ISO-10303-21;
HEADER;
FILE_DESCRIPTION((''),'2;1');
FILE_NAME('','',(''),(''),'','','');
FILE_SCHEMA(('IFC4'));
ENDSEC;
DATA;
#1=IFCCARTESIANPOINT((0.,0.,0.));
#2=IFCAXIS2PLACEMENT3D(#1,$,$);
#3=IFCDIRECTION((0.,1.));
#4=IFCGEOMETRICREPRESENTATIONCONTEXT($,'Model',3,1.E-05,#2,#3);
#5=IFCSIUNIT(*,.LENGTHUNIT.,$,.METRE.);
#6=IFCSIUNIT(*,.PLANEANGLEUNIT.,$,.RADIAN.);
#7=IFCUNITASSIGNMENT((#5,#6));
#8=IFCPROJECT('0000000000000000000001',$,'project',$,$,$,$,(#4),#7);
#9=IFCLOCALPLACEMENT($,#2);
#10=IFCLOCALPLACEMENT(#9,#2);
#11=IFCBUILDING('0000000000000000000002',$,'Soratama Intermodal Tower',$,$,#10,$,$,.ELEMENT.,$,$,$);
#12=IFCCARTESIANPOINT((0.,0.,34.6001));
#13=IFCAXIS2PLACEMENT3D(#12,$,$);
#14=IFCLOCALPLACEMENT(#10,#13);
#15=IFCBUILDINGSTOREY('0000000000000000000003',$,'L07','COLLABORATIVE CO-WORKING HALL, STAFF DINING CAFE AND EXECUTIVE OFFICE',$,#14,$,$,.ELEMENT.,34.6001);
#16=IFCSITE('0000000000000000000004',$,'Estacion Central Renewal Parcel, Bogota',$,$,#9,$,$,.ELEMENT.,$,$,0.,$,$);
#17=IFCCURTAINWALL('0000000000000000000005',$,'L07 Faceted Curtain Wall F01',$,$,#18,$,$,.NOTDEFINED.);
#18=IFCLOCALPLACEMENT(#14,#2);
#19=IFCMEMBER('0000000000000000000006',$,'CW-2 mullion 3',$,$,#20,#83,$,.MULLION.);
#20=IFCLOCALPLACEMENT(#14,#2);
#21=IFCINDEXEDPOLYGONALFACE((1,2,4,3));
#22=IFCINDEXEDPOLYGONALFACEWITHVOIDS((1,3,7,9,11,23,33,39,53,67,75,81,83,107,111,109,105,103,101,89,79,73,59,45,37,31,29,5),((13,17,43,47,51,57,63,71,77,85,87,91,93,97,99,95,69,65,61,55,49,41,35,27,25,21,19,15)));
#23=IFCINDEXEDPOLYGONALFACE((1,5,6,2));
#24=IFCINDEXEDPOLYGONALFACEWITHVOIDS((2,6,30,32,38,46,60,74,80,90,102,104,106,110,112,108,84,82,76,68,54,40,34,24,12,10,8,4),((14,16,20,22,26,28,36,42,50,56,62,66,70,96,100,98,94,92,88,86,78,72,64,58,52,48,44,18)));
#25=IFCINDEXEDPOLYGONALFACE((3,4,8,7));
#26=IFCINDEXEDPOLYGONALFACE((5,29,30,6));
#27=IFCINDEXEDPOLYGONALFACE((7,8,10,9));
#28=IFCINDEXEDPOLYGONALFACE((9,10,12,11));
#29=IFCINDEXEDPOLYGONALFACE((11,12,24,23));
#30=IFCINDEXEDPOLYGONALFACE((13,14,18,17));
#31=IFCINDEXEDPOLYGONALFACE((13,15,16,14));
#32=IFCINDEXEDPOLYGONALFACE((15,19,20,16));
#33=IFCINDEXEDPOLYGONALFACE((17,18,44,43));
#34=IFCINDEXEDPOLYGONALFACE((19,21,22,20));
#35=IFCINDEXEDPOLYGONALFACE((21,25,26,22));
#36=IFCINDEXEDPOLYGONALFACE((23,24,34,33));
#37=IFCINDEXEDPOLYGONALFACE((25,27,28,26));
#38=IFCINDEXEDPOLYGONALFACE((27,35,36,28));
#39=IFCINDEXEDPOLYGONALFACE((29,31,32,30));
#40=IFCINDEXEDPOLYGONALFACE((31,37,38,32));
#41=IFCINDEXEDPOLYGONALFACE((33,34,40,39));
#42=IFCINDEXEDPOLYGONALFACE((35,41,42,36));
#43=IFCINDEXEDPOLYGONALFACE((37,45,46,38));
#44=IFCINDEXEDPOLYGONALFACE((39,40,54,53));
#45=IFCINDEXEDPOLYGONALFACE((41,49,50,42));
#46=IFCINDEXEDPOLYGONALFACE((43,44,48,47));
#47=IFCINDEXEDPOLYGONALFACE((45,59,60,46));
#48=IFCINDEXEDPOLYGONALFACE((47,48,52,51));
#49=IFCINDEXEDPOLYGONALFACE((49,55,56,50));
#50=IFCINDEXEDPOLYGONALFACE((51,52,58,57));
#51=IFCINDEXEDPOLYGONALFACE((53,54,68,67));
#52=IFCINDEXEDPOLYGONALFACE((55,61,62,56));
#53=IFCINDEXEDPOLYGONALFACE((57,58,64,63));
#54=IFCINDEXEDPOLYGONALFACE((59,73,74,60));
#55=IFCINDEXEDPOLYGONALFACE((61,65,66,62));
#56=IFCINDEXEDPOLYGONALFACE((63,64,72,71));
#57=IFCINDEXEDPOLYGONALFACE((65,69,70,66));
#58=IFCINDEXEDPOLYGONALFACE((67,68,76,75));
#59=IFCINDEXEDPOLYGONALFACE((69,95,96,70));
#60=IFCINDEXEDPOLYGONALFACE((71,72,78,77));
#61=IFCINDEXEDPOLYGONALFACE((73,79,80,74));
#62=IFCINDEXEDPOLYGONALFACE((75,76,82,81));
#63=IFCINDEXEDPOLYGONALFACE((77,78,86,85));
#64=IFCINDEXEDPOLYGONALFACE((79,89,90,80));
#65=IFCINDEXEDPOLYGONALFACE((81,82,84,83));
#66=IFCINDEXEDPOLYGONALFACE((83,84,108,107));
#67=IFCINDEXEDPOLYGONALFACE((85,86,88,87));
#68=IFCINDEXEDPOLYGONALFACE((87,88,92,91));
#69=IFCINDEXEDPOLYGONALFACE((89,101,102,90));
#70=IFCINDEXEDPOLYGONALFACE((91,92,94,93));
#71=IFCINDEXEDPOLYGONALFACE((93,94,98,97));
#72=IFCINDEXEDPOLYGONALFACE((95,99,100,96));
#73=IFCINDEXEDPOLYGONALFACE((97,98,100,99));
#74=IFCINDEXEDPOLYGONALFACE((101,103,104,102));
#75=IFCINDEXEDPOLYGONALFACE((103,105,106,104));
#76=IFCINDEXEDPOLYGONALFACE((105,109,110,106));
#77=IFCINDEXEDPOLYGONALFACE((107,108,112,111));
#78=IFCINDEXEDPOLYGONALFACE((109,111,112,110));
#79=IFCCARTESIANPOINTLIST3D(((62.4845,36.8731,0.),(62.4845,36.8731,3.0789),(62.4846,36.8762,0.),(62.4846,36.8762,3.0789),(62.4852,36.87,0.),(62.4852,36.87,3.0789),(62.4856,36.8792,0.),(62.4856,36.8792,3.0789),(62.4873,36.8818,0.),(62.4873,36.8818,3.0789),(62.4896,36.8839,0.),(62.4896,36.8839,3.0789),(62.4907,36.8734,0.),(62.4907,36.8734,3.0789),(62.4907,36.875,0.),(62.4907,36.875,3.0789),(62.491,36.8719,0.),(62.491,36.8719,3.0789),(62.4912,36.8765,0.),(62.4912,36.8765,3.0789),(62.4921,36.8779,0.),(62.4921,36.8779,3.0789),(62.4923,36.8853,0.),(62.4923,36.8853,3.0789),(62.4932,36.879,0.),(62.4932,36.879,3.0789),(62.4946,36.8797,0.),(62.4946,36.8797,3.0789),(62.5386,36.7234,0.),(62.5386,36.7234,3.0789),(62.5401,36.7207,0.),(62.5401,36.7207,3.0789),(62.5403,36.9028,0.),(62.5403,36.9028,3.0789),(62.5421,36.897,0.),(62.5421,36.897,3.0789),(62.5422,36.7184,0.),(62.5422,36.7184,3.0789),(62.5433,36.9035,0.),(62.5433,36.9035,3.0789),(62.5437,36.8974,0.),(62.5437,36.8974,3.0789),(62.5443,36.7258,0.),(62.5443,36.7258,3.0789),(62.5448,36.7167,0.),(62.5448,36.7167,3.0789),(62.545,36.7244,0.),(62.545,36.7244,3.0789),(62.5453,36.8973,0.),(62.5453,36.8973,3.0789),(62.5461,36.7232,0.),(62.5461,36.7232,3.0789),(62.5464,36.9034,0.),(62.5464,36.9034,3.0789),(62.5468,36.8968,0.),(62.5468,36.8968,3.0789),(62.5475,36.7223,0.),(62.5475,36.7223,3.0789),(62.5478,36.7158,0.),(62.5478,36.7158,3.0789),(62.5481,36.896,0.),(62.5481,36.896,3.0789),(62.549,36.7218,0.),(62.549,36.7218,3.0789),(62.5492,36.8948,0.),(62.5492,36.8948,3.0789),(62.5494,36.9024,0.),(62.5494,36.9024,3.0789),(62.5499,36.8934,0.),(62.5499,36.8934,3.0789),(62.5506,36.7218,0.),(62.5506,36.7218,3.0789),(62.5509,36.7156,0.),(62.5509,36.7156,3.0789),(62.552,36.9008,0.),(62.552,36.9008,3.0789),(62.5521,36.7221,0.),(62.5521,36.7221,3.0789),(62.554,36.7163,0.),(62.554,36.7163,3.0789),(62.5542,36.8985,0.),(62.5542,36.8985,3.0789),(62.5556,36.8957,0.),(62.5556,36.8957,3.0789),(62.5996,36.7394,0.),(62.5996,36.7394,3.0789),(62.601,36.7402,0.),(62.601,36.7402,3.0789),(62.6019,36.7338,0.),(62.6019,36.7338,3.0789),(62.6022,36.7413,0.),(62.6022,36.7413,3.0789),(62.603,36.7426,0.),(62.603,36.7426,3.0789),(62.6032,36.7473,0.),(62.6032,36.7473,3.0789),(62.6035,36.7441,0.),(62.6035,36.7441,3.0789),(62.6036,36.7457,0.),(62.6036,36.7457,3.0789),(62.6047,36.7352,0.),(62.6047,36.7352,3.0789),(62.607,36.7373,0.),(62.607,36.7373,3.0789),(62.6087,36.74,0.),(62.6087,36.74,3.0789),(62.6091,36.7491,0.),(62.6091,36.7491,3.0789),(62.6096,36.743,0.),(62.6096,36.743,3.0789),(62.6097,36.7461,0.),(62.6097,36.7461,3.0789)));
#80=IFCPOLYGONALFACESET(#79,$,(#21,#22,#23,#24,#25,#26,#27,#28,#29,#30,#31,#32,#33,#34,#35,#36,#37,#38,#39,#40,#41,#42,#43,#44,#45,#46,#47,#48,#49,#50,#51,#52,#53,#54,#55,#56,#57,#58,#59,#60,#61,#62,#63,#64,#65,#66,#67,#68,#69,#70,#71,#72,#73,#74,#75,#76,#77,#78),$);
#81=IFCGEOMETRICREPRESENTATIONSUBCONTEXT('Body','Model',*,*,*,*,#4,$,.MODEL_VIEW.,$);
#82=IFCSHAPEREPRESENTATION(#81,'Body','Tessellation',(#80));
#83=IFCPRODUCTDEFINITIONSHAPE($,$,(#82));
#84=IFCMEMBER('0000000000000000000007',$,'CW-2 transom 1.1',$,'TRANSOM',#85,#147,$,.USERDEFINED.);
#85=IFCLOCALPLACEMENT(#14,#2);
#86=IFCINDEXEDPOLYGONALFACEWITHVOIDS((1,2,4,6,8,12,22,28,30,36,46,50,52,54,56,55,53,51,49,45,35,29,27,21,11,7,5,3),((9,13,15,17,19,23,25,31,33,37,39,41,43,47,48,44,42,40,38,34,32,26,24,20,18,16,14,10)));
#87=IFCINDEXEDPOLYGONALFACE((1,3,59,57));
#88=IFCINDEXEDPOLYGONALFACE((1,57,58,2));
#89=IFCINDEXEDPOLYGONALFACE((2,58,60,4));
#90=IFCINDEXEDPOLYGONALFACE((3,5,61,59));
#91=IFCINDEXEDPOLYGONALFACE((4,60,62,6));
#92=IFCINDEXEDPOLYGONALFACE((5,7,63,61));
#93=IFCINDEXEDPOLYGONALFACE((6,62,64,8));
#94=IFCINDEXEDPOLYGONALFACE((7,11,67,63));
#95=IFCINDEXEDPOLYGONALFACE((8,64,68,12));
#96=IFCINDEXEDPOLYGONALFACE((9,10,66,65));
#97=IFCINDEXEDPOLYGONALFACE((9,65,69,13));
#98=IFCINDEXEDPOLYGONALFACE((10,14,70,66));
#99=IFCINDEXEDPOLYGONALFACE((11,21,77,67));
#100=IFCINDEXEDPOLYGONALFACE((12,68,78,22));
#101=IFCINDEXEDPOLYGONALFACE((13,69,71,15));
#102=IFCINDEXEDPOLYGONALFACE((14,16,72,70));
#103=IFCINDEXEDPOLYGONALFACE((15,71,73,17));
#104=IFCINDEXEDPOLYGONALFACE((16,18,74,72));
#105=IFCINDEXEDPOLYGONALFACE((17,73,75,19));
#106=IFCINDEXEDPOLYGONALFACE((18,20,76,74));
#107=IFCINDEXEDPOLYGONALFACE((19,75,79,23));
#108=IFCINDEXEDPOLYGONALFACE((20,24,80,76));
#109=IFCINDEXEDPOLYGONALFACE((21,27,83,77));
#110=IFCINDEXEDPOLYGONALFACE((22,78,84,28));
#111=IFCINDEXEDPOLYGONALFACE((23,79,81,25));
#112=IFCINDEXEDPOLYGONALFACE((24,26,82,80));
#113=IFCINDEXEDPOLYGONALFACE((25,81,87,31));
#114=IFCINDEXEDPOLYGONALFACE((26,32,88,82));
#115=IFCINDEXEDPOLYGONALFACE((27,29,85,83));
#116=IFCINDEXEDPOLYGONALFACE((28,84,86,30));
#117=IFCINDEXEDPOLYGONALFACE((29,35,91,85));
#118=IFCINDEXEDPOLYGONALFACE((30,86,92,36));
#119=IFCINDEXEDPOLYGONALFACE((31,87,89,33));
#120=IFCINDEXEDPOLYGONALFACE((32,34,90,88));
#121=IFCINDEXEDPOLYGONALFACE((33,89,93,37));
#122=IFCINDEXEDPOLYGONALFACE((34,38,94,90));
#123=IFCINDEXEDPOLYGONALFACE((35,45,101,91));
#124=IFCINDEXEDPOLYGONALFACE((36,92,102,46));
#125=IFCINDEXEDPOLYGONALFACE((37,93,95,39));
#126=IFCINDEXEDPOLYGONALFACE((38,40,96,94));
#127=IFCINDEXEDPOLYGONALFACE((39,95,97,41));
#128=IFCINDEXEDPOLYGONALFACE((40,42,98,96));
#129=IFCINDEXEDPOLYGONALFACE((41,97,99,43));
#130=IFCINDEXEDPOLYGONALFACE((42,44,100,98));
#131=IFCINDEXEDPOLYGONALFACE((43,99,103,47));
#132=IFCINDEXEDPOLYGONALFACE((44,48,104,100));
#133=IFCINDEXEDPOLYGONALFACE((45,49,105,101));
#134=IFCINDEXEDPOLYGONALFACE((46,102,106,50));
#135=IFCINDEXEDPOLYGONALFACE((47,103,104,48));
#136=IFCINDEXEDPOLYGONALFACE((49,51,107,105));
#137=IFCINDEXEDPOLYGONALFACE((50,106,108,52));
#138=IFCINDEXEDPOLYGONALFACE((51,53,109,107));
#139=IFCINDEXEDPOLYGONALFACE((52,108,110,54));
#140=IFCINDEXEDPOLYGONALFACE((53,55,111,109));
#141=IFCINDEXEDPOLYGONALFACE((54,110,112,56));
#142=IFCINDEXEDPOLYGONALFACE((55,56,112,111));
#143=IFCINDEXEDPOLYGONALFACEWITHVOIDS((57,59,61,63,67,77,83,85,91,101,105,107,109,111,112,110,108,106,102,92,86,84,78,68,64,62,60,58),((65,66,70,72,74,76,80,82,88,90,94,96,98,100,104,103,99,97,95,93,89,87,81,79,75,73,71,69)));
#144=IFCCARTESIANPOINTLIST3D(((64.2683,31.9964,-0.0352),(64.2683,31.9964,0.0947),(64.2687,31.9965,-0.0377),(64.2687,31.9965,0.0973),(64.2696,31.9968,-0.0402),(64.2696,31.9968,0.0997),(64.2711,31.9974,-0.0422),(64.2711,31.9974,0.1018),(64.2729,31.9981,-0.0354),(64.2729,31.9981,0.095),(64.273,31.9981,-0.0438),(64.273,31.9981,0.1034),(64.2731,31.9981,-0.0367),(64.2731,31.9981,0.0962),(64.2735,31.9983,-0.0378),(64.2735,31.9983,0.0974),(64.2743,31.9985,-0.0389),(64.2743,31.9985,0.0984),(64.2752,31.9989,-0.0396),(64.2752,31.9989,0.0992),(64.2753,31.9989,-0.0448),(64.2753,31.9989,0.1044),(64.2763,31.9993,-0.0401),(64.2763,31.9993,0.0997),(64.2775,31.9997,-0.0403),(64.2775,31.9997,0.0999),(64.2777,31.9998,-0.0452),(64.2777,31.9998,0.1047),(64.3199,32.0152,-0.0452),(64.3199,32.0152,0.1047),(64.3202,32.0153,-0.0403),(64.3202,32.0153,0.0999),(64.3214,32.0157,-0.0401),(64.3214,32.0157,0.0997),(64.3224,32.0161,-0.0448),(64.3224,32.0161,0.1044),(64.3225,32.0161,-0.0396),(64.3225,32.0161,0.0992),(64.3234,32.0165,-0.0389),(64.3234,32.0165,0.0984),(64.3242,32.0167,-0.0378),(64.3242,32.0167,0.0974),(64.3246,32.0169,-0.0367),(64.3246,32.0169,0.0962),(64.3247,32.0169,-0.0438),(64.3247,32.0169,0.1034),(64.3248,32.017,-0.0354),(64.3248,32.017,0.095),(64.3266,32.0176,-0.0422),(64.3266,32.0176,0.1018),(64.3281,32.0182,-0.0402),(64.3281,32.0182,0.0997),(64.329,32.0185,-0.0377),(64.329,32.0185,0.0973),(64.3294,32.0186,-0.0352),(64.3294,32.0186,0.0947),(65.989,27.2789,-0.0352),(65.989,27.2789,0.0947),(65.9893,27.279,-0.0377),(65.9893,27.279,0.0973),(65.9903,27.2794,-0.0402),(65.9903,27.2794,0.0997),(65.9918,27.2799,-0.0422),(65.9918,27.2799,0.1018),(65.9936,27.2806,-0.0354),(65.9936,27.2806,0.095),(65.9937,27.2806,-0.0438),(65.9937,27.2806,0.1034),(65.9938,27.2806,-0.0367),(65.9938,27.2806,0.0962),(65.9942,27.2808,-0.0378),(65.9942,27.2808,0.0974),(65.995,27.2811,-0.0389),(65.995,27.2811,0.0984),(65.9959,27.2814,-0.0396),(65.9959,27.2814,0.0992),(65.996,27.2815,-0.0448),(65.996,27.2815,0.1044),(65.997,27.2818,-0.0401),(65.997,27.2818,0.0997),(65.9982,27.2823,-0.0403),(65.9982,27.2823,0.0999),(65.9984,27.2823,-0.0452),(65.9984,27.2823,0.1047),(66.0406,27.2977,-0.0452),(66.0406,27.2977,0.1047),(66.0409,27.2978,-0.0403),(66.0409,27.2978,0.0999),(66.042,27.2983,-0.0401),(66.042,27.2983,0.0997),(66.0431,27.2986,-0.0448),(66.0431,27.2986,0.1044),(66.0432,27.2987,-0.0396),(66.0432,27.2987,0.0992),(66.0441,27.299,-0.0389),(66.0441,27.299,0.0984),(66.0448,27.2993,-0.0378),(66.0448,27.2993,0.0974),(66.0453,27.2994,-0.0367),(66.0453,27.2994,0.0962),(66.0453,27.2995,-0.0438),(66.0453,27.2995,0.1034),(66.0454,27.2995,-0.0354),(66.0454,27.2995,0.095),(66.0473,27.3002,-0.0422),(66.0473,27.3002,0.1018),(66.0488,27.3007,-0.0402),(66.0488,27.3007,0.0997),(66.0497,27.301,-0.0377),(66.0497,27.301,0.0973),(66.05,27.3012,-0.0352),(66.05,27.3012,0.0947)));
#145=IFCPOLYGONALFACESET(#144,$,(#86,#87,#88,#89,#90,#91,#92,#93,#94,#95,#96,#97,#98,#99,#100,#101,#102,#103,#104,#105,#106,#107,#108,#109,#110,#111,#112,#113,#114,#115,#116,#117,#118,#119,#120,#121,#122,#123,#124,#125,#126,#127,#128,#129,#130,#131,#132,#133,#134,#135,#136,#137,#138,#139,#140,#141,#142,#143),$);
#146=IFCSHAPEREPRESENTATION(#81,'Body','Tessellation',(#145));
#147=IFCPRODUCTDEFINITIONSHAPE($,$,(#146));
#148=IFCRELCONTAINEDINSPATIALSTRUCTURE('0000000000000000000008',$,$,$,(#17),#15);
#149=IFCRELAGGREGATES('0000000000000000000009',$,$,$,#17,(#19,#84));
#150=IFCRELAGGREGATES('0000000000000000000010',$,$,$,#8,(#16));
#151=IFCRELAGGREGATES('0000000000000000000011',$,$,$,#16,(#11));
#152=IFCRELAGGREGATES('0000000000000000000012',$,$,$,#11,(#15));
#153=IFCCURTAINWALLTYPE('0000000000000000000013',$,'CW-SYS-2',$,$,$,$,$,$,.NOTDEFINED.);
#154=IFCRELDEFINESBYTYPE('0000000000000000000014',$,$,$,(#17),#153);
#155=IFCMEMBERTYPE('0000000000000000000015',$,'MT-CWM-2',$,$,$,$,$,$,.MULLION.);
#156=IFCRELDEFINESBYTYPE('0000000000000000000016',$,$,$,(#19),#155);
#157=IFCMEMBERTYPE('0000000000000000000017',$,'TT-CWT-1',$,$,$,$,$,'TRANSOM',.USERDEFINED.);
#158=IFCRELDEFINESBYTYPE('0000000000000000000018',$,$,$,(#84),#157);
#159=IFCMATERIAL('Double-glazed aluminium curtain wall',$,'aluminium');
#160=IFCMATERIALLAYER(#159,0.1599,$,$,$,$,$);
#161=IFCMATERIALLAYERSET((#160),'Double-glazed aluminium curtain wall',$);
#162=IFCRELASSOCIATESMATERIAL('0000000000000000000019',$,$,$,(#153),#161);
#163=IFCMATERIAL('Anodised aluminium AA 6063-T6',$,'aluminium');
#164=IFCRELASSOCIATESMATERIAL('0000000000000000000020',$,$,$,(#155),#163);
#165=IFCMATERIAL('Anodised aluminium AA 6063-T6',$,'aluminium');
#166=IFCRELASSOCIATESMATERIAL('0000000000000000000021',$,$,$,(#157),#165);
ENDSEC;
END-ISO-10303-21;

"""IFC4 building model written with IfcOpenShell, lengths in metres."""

from ifc_helpers import new_model, si_unit, direction, frame, origin, origin_2d, place, context, subcontext, project, spatial, hollow_rectangle, extrude, material, layer, layer_set, material_profile, profile_set, type_object, element, aggregate, save


model = new_model("IFC4")

# Units and contexts
model_context = context("Model", 3, precision=1e-05, world=origin(), true_north=direction((0.0, 1.0)))
body_context = subcontext(model_context, "Body", "Model", "MODEL_VIEW")
ifc_project = project(units=[si_unit("LENGTHUNIT", "METRE"), si_unit("PLANEANGLEUNIT", "RADIAN")], contexts=[model_context])

# Site, building, storey
site_placement = place(None, origin())
site = spatial("IfcSite", under=ifc_project, at=site_placement, Name="Estacion Central Renewal Parcel, Bogota", CompositionType="ELEMENT", RefElevation=0.0)
building_placement = place(site_placement, origin())
building = spatial("IfcBuilding", under=site, at=building_placement, Name="Soratama Intermodal Tower", CompositionType="ELEMENT")
storey_placement = place(building_placement, frame((0.0, 0.0, 34.6001)))
storey = spatial("IfcBuildingStorey", under=building, at=storey_placement, Name="L07", Description="COLLABORATIVE CO-WORKING HALL, STAFF DINING CAFE AND EXECUTIVE OFFICE", CompositionType="ELEMENT", Elevation=34.6001)

# Curtain wall, members
ifc_material_1 = material(Name="Double-glazed aluminium curtain wall", Category="aluminium")
ifc_layer_1 = layer(ifc_material_1, 0.1599)
ifc_layer_set_1 = layer_set([ifc_layer_1], Name="Double-glazed aluminium curtain wall")
curtain_wall_type = type_object("IfcCurtainWallType", Name="CW-SYS-2", PredefinedType="NOTDEFINED", material=ifc_layer_set_1)
curtain_wall_placement = place(storey_placement, origin())
curtain_wall = element("IfcCurtainWall", 1, at=curtain_wall_placement, inside=storey, type_object=curtain_wall_type, Name="L07 Faceted Curtain Wall F01", PredefinedType="NOTDEFINED")
ifc_material_2 = material(Name="Anodised aluminium AA 6063-T6", Category="aluminium")
ifc_material_profile_1 = material_profile(ifc_material_2, hollow_rectangle(XDim=0.075, YDim=0.1799, WallThickness=0.0061, InnerFilletRadius=0.0061, OuterFilletRadius=0.012, at=origin_2d()), Name="CWM180X75X6")
ifc_profile_set_1 = profile_set([ifc_material_profile_1], Name="Anodised aluminium AA 6063-T6")
member_type_1 = type_object("IfcMemberType", Name="MT-CWM-2", PredefinedType="MULLION", material=ifc_profile_set_1)
member_1_placement = place(storey_placement, frame((62.5471, 36.8096, 0.0), z_axis=(0.0, 0.0, 1.0), x_axis=(-0.939453, -0.342679, 0.0)))
member_1 = element("IfcMember", 2, at=member_1_placement, type_object=member_type_1, Name="CW-2 mullion 3", PredefinedType="MULLION", context=body_context, shape_type="SweptSolid", body=[
    extrude(hollow_rectangle(XDim=0.075, YDim=0.1799, WallThickness=0.0061, InnerFilletRadius=0.0061, OuterFilletRadius=0.012, at=origin_2d()), origin(), (0.0, 0.0, 1.0), 3.0789),
])
ifc_material_3 = material(Name="Anodised aluminium AA 6063-T6", Category="aluminium")
ifc_material_profile_2 = material_profile(ifc_material_3, hollow_rectangle(XDim=0.0649, YDim=0.1499, WallThickness=0.0049, InnerFilletRadius=0.0049, OuterFilletRadius=0.01, at=origin_2d()), Name="CWT150X65X5")
ifc_profile_set_2 = profile_set([ifc_material_profile_2], Name="Anodised aluminium AA 6063-T6")
member_type_2 = type_object("IfcMemberType", Name="TT-CWT-1", ElementType="TRANSOM", PredefinedType="USERDEFINED", material=ifc_profile_set_2)
member_2_placement = place(storey_placement, frame((66.0195, 27.29, 0.0298), z_axis=(-0.342664, 0.939458, 0.0), x_axis=(-0.939458, -0.342664, 0.0)))
member_2 = element("IfcMember", 3, at=member_2_placement, type_object=member_type_2, Name="CW-2 transom 1.1", ObjectType="TRANSOM", PredefinedType="USERDEFINED", context=body_context, shape_type="SweptSolid", body=[
    extrude(hollow_rectangle(XDim=0.0649, YDim=0.1499, WallThickness=0.0049, InnerFilletRadius=0.0049, OuterFilletRadius=0.01, at=origin_2d()), origin(), (0.0, 0.0, 1.0), 5.0215),
])
aggregate(curtain_wall, [member_1, member_2])

save(model, "model.ifc")
